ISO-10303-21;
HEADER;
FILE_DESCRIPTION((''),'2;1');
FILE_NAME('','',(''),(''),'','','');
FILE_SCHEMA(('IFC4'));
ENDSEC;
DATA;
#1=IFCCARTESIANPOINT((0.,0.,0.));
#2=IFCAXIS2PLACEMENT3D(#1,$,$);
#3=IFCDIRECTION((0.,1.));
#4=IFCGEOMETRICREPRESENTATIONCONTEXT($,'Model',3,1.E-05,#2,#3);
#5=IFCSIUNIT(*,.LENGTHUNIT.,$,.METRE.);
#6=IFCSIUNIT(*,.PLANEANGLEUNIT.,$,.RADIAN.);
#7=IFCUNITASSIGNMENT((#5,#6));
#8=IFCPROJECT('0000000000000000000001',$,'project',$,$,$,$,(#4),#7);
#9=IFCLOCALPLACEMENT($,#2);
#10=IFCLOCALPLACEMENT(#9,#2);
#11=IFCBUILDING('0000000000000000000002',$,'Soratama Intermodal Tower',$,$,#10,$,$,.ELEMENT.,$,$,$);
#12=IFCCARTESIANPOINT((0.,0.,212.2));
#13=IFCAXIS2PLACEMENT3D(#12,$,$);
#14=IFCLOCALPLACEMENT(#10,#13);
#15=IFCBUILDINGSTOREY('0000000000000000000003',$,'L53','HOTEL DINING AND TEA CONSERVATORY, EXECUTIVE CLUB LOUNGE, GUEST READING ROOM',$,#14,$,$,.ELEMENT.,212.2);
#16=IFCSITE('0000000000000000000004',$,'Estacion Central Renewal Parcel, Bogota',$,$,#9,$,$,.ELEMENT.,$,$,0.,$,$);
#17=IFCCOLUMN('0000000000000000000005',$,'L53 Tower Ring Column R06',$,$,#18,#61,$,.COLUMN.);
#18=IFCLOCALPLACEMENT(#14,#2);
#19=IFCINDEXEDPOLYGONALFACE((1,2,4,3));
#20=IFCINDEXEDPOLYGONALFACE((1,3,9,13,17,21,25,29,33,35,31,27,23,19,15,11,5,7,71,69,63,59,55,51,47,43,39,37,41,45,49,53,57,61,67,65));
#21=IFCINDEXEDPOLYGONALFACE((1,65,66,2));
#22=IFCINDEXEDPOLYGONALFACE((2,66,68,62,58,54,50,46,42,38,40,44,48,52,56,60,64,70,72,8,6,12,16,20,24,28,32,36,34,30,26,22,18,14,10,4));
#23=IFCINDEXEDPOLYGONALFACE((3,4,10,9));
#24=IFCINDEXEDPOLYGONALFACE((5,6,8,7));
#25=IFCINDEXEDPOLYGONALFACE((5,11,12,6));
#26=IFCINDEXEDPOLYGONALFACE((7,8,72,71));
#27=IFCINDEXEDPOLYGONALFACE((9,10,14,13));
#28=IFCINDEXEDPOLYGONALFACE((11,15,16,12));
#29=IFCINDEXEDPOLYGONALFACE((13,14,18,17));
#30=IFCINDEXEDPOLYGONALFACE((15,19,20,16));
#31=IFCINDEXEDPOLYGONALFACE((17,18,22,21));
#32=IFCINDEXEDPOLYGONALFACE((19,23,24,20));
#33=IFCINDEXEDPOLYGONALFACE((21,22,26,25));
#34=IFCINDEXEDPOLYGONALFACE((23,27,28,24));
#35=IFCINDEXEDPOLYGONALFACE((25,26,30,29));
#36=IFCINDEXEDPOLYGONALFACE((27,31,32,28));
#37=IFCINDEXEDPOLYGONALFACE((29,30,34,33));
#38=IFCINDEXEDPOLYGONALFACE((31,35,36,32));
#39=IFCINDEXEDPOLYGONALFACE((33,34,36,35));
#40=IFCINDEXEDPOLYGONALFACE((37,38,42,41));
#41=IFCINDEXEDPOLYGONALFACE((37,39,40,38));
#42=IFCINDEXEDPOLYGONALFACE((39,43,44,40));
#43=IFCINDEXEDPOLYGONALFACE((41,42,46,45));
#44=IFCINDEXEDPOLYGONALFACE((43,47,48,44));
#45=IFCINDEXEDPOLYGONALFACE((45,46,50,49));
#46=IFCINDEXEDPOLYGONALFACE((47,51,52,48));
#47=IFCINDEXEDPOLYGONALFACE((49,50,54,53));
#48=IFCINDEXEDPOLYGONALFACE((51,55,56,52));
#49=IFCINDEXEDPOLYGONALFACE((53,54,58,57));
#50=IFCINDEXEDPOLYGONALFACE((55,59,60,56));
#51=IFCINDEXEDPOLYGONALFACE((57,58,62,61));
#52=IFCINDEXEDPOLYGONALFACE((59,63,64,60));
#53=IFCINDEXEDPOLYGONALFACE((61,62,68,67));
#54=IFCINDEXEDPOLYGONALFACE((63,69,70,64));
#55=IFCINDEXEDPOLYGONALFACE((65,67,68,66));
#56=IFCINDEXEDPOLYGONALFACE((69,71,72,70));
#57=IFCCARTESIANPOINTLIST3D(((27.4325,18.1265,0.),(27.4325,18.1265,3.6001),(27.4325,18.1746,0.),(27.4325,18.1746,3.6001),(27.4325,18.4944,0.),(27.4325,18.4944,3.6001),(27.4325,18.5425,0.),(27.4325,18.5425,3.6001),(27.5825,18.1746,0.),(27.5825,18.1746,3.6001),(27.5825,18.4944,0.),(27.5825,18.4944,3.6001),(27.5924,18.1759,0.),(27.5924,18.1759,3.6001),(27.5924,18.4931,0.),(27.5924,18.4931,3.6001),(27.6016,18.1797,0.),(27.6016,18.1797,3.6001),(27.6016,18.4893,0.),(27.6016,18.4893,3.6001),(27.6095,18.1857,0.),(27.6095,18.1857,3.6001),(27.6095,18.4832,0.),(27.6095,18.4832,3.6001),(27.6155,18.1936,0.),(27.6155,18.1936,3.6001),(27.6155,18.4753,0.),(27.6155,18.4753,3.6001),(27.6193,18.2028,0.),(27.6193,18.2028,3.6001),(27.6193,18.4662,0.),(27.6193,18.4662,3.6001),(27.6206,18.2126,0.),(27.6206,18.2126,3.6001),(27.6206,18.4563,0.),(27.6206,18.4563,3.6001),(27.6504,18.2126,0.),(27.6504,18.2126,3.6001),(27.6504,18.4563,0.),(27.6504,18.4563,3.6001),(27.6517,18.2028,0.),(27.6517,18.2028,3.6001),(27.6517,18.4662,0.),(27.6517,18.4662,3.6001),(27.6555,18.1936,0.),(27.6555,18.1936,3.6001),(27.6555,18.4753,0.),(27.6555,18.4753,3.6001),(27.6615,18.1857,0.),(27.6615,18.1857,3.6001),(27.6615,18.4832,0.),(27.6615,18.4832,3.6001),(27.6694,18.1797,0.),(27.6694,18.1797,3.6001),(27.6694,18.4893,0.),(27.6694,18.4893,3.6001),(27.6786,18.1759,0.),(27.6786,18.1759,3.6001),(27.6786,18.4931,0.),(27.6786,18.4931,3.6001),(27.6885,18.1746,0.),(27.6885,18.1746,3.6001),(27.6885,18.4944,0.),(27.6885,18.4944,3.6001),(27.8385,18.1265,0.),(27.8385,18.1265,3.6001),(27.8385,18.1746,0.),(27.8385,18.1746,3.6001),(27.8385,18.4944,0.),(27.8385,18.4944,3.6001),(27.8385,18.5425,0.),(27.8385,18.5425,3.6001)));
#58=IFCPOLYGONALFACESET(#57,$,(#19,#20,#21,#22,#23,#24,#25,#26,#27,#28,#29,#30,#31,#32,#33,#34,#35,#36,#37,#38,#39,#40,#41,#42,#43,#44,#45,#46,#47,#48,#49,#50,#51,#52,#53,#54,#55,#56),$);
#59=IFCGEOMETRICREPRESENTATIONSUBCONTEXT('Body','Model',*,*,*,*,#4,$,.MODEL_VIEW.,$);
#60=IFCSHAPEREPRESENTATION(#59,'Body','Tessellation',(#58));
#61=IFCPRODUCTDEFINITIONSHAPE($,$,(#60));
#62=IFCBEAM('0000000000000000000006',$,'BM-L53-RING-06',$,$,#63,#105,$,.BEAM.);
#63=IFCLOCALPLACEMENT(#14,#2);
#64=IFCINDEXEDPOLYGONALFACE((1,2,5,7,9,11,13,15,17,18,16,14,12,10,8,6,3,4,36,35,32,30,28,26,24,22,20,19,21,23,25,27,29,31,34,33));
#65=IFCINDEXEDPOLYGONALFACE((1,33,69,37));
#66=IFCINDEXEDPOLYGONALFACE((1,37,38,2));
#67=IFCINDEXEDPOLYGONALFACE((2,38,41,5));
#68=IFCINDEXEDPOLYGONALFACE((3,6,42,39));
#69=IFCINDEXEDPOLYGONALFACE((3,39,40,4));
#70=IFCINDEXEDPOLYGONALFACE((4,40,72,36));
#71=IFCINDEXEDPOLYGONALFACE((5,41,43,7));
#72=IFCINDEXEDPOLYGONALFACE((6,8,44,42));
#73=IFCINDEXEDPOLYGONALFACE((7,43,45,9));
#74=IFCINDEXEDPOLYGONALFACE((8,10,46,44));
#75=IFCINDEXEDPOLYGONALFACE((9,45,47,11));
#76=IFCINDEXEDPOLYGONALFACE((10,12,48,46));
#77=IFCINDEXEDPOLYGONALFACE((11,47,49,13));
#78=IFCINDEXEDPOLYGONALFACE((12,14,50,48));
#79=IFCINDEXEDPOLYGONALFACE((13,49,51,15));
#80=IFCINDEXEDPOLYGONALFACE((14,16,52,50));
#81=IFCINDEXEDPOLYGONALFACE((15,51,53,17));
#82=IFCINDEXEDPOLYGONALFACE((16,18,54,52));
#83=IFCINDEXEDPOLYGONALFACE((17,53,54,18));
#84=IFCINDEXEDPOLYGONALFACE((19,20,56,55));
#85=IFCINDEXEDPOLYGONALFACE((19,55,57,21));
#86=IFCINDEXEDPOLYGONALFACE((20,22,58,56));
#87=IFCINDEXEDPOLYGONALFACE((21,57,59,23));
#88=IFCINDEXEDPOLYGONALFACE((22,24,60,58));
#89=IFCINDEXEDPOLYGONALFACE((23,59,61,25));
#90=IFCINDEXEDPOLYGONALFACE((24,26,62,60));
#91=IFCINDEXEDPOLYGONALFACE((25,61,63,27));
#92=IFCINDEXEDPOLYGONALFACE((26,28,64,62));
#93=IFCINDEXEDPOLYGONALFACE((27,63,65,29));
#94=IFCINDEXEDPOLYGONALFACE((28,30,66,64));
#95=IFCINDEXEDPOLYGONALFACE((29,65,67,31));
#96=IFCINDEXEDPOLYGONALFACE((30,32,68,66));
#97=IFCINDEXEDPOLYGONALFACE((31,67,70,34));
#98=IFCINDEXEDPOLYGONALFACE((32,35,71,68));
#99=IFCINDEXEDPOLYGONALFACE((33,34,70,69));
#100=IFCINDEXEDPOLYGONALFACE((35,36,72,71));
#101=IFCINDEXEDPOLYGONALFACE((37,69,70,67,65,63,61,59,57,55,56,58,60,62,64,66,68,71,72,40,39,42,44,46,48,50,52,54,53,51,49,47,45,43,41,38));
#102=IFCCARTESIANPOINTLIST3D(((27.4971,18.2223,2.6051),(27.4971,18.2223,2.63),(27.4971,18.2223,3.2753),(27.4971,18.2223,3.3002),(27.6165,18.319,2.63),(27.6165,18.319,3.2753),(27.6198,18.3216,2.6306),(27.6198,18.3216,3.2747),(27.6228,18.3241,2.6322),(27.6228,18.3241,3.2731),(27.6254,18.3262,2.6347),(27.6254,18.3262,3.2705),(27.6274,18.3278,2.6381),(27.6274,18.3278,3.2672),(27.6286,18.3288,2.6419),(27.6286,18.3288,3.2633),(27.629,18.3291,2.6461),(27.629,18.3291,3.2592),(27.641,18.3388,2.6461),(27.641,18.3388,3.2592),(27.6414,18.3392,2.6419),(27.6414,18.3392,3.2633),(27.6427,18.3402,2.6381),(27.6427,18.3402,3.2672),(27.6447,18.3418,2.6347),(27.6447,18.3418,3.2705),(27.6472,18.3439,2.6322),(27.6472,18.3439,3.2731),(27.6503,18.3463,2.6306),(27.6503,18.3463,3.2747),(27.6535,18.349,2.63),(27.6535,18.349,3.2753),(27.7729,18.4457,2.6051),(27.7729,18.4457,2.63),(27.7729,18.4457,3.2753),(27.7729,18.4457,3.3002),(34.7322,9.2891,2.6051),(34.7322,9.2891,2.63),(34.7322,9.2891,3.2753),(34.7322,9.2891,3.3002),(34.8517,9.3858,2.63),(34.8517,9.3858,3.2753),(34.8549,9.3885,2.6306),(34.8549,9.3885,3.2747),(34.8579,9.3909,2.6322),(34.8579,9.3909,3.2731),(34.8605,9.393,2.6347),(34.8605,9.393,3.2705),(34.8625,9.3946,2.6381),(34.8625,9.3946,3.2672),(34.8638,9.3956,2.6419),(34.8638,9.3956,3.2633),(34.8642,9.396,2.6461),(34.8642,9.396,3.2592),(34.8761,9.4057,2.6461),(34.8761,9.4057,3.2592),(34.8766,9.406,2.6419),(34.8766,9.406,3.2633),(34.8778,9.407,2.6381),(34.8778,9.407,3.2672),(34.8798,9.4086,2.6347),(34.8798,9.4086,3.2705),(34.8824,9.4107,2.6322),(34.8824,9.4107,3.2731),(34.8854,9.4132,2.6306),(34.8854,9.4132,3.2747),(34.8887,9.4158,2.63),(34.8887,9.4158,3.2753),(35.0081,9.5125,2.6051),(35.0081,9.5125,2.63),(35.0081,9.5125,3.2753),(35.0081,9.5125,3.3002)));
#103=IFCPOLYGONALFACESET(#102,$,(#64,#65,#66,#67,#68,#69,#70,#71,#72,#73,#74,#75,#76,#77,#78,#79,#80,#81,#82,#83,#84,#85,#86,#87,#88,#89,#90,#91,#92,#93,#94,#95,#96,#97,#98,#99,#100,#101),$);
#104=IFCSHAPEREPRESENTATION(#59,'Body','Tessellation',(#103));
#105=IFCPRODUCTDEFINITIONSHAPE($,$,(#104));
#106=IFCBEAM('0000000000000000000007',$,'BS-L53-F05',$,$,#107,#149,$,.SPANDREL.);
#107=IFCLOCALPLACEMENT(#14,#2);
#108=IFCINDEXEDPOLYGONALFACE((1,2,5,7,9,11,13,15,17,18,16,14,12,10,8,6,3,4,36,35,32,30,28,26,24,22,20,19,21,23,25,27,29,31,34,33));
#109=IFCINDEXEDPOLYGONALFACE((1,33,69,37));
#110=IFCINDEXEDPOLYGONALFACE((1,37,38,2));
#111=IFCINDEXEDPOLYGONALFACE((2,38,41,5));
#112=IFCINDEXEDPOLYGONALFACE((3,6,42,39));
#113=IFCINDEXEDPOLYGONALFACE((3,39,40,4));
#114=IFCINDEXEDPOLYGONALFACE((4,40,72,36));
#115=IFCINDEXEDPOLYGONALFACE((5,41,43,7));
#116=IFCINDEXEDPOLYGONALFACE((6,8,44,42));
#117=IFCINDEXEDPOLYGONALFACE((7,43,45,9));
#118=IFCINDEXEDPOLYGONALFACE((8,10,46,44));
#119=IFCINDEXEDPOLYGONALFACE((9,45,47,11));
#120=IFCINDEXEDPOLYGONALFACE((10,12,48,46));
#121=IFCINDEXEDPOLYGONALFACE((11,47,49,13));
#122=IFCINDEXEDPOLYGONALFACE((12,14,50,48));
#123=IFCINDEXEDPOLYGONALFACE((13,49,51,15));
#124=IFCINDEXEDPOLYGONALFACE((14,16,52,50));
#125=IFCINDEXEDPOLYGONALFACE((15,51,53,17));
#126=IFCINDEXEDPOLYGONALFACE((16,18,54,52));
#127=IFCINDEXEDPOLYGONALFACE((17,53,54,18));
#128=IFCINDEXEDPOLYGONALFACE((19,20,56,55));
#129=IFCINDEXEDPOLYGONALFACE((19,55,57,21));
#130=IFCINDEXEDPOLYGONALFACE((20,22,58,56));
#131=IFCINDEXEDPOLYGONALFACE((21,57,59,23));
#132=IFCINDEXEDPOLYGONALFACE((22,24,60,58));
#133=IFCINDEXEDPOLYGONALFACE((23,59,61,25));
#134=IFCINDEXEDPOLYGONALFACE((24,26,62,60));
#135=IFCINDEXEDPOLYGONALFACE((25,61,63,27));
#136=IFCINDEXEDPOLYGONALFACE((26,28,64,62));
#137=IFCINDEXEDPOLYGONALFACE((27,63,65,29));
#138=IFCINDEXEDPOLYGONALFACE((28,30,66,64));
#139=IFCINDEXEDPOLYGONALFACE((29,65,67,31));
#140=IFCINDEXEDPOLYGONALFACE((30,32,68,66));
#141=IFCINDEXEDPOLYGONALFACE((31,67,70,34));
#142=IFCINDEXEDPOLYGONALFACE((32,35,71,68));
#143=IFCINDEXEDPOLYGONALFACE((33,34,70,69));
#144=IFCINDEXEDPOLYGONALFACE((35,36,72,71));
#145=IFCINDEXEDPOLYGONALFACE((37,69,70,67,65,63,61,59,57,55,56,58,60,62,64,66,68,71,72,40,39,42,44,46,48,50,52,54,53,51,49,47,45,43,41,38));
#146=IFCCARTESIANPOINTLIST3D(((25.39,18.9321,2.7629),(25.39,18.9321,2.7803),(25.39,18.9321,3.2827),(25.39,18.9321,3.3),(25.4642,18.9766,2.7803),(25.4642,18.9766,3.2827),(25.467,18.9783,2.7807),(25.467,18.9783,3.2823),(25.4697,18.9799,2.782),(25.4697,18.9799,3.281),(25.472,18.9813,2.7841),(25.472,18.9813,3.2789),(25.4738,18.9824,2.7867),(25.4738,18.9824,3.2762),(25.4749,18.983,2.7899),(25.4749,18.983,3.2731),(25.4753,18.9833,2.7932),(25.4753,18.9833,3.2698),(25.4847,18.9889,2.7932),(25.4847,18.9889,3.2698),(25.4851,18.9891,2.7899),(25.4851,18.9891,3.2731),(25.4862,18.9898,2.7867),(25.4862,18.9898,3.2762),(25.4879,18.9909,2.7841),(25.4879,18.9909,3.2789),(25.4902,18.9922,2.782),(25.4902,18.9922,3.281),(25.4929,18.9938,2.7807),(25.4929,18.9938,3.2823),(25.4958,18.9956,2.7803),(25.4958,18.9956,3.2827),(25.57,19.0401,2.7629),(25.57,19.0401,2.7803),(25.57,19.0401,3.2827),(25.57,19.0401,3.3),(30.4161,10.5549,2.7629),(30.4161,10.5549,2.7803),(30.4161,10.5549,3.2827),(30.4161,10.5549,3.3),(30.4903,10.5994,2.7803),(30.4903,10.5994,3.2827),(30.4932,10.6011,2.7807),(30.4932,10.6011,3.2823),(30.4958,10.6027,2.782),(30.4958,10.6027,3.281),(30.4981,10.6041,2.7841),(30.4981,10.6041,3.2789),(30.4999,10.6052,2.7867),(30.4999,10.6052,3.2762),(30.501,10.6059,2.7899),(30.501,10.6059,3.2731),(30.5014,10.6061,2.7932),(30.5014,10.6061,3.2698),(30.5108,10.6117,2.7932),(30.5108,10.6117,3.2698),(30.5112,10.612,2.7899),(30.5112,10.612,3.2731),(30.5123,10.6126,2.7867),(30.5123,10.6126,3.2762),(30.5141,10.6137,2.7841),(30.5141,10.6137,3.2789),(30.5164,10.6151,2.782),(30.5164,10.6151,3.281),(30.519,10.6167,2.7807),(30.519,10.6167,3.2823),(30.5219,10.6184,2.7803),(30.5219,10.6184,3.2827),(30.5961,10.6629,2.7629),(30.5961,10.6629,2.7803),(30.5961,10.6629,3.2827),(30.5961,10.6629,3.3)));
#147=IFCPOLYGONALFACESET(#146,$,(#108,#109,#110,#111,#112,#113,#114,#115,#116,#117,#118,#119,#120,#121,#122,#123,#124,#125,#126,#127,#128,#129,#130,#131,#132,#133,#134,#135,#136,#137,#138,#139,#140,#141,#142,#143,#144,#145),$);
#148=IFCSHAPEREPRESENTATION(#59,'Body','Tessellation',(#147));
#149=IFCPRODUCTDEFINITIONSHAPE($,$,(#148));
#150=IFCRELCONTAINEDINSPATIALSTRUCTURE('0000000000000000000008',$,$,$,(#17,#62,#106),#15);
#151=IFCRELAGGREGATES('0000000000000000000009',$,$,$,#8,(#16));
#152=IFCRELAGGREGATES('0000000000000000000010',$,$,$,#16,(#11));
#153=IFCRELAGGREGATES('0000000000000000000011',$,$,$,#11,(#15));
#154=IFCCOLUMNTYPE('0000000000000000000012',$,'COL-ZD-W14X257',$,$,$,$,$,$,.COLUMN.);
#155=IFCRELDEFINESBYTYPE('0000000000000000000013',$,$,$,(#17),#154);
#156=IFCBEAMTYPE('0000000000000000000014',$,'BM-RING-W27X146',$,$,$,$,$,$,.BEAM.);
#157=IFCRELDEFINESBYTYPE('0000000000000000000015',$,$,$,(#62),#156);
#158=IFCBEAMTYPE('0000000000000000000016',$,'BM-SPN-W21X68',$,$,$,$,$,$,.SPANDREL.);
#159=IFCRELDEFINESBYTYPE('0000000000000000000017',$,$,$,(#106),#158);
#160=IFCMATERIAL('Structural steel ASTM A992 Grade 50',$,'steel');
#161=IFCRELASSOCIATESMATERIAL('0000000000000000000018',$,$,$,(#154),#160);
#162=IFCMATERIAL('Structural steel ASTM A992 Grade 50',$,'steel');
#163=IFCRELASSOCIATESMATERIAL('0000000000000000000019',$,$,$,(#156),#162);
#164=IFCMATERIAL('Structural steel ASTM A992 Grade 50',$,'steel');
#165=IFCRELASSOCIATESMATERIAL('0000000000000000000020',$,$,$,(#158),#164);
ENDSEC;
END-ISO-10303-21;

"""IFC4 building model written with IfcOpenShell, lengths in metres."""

from ifc_helpers import new_model, si_unit, direction, frame, origin, origin_2d, place, context, subcontext, project, spatial, i_section, extrude, material, material_profile, profile_set, type_object, element, save


model = new_model("IFC4")

# Units and contexts
model_context = context("Model", 3, precision=1e-05, world=origin(), true_north=direction((0.0, 1.0)))
body_context = subcontext(model_context, "Body", "Model", "MODEL_VIEW")
ifc_project = project(units=[si_unit("LENGTHUNIT", "METRE"), si_unit("PLANEANGLEUNIT", "RADIAN")], contexts=[model_context])

# Site, building, storey
site_placement = place(None, origin())
site = spatial("IfcSite", under=ifc_project, at=site_placement, Name="Estacion Central Renewal Parcel, Bogota", CompositionType="ELEMENT", RefElevation=0.0)
building_placement = place(site_placement, origin())
building = spatial("IfcBuilding", under=site, at=building_placement, Name="Soratama Intermodal Tower", CompositionType="ELEMENT")
storey_placement = place(building_placement, frame((0.0, 0.0, 212.2)))
storey = spatial("IfcBuildingStorey", under=building, at=storey_placement, Name="L53", Description="HOTEL DINING AND TEA CONSERVATORY, EXECUTIVE CLUB LOUNGE, GUEST READING ROOM", CompositionType="ELEMENT", Elevation=212.2)

# Column
ifc_material_1 = material(Name="Structural steel ASTM A992 Grade 50", Category="steel")
ifc_material_profile_1 = material_profile(ifc_material_1, i_section(OverallWidth=0.406, OverallDepth=0.416, WebThickness=0.0298, FlangeThickness=0.0481, FilletRadius=0.0381, at=origin_2d()), Name="W14X257")
ifc_profile_set_1 = profile_set([ifc_material_profile_1], Name="Structural steel ASTM A992 Grade 50")
column_type = type_object("IfcColumnType", Name="COL-ZD-W14X257", PredefinedType="COLUMN", material=ifc_profile_set_1)
column_placement = place(storey_placement, frame((27.6355, 18.3345, 0.0), z_axis=(0.0, 0.0, 1.0), x_axis=(1.0, 0.0, 0.0)))
element("IfcColumn", 1, at=column_placement, inside=storey, type_object=column_type, Name="L53 Tower Ring Column R06", PredefinedType="COLUMN", context=body_context, shape_type="SweptSolid", body=[
    extrude(i_section(OverallWidth=0.406, OverallDepth=0.416, WebThickness=0.0298, FlangeThickness=0.0481, FilletRadius=0.0381, at=origin_2d()), origin(), (0.0, 0.0, 1.0), 3.6001),
])

# Beams
ifc_material_2 = material(Name="Structural steel ASTM A992 Grade 50", Category="steel")
ifc_material_profile_2 = material_profile(ifc_material_2, i_section(OverallWidth=0.355, OverallDepth=0.6951, WebThickness=0.0154, FlangeThickness=0.0249, FilletRadius=0.0161, at=origin_2d()), Name="W27X146")
ifc_profile_set_2 = profile_set([ifc_material_profile_2], Name="Structural steel ASTM A992 Grade 50")
beam_type_1 = type_object("IfcBeamType", Name="BM-RING-W27X146", PredefinedType="BEAM", material=ifc_profile_set_2)
beam_1_placement = place(storey_placement, frame((27.635, 18.334, 2.9526), z_axis=(0.629385, -0.777094, 0.0), x_axis=(0.777094, 0.629385, 0.0)))
element("IfcBeam", 2, at=beam_1_placement, inside=storey, type_object=beam_type_1, Name="BM-L53-RING-06", PredefinedType="BEAM", context=body_context, shape_type="SweptSolid", body=[
    extrude(i_section(OverallWidth=0.355, OverallDepth=0.6951, WebThickness=0.0154, FlangeThickness=0.0249, FilletRadius=0.0161, at=origin_2d()), origin(), (0.0, 0.0, 1.0), 11.4956),
])
ifc_material_3 = material(Name="Structural steel ASTM A992 Grade 50", Category="steel")
ifc_material_profile_3 = material_profile(ifc_material_3, i_section(OverallWidth=0.21, OverallDepth=0.5371, WebThickness=0.011, FlangeThickness=0.0173, FilletRadius=0.0129, at=origin_2d()), Name="W21X68")
ifc_profile_set_3 = profile_set([ifc_material_profile_3], Name="Structural steel ASTM A992 Grade 50")
beam_type_2 = type_object("IfcBeamType", Name="BM-SPN-W21X68", PredefinedType="SPANDREL", material=ifc_profile_set_3)
beam_2_placement = place(storey_placement, frame((25.48, 18.9861, 3.0315), z_axis=(0.514481, -0.857502, 0.0), x_axis=(0.857502, 0.514481, 0.0)))
element("IfcBeam", 3, at=beam_2_placement, inside=storey, type_object=beam_type_2, Name="BS-L53-F05", PredefinedType="SPANDREL", context=body_context, shape_type="SweptSolid", body=[
    extrude(i_section(OverallWidth=0.21, OverallDepth=0.5371, WebThickness=0.011, FlangeThickness=0.0173, FilletRadius=0.0129, at=origin_2d()), origin(), (0.0, 0.0, 1.0), 9.7693),
])

save(model, "model.ifc")
